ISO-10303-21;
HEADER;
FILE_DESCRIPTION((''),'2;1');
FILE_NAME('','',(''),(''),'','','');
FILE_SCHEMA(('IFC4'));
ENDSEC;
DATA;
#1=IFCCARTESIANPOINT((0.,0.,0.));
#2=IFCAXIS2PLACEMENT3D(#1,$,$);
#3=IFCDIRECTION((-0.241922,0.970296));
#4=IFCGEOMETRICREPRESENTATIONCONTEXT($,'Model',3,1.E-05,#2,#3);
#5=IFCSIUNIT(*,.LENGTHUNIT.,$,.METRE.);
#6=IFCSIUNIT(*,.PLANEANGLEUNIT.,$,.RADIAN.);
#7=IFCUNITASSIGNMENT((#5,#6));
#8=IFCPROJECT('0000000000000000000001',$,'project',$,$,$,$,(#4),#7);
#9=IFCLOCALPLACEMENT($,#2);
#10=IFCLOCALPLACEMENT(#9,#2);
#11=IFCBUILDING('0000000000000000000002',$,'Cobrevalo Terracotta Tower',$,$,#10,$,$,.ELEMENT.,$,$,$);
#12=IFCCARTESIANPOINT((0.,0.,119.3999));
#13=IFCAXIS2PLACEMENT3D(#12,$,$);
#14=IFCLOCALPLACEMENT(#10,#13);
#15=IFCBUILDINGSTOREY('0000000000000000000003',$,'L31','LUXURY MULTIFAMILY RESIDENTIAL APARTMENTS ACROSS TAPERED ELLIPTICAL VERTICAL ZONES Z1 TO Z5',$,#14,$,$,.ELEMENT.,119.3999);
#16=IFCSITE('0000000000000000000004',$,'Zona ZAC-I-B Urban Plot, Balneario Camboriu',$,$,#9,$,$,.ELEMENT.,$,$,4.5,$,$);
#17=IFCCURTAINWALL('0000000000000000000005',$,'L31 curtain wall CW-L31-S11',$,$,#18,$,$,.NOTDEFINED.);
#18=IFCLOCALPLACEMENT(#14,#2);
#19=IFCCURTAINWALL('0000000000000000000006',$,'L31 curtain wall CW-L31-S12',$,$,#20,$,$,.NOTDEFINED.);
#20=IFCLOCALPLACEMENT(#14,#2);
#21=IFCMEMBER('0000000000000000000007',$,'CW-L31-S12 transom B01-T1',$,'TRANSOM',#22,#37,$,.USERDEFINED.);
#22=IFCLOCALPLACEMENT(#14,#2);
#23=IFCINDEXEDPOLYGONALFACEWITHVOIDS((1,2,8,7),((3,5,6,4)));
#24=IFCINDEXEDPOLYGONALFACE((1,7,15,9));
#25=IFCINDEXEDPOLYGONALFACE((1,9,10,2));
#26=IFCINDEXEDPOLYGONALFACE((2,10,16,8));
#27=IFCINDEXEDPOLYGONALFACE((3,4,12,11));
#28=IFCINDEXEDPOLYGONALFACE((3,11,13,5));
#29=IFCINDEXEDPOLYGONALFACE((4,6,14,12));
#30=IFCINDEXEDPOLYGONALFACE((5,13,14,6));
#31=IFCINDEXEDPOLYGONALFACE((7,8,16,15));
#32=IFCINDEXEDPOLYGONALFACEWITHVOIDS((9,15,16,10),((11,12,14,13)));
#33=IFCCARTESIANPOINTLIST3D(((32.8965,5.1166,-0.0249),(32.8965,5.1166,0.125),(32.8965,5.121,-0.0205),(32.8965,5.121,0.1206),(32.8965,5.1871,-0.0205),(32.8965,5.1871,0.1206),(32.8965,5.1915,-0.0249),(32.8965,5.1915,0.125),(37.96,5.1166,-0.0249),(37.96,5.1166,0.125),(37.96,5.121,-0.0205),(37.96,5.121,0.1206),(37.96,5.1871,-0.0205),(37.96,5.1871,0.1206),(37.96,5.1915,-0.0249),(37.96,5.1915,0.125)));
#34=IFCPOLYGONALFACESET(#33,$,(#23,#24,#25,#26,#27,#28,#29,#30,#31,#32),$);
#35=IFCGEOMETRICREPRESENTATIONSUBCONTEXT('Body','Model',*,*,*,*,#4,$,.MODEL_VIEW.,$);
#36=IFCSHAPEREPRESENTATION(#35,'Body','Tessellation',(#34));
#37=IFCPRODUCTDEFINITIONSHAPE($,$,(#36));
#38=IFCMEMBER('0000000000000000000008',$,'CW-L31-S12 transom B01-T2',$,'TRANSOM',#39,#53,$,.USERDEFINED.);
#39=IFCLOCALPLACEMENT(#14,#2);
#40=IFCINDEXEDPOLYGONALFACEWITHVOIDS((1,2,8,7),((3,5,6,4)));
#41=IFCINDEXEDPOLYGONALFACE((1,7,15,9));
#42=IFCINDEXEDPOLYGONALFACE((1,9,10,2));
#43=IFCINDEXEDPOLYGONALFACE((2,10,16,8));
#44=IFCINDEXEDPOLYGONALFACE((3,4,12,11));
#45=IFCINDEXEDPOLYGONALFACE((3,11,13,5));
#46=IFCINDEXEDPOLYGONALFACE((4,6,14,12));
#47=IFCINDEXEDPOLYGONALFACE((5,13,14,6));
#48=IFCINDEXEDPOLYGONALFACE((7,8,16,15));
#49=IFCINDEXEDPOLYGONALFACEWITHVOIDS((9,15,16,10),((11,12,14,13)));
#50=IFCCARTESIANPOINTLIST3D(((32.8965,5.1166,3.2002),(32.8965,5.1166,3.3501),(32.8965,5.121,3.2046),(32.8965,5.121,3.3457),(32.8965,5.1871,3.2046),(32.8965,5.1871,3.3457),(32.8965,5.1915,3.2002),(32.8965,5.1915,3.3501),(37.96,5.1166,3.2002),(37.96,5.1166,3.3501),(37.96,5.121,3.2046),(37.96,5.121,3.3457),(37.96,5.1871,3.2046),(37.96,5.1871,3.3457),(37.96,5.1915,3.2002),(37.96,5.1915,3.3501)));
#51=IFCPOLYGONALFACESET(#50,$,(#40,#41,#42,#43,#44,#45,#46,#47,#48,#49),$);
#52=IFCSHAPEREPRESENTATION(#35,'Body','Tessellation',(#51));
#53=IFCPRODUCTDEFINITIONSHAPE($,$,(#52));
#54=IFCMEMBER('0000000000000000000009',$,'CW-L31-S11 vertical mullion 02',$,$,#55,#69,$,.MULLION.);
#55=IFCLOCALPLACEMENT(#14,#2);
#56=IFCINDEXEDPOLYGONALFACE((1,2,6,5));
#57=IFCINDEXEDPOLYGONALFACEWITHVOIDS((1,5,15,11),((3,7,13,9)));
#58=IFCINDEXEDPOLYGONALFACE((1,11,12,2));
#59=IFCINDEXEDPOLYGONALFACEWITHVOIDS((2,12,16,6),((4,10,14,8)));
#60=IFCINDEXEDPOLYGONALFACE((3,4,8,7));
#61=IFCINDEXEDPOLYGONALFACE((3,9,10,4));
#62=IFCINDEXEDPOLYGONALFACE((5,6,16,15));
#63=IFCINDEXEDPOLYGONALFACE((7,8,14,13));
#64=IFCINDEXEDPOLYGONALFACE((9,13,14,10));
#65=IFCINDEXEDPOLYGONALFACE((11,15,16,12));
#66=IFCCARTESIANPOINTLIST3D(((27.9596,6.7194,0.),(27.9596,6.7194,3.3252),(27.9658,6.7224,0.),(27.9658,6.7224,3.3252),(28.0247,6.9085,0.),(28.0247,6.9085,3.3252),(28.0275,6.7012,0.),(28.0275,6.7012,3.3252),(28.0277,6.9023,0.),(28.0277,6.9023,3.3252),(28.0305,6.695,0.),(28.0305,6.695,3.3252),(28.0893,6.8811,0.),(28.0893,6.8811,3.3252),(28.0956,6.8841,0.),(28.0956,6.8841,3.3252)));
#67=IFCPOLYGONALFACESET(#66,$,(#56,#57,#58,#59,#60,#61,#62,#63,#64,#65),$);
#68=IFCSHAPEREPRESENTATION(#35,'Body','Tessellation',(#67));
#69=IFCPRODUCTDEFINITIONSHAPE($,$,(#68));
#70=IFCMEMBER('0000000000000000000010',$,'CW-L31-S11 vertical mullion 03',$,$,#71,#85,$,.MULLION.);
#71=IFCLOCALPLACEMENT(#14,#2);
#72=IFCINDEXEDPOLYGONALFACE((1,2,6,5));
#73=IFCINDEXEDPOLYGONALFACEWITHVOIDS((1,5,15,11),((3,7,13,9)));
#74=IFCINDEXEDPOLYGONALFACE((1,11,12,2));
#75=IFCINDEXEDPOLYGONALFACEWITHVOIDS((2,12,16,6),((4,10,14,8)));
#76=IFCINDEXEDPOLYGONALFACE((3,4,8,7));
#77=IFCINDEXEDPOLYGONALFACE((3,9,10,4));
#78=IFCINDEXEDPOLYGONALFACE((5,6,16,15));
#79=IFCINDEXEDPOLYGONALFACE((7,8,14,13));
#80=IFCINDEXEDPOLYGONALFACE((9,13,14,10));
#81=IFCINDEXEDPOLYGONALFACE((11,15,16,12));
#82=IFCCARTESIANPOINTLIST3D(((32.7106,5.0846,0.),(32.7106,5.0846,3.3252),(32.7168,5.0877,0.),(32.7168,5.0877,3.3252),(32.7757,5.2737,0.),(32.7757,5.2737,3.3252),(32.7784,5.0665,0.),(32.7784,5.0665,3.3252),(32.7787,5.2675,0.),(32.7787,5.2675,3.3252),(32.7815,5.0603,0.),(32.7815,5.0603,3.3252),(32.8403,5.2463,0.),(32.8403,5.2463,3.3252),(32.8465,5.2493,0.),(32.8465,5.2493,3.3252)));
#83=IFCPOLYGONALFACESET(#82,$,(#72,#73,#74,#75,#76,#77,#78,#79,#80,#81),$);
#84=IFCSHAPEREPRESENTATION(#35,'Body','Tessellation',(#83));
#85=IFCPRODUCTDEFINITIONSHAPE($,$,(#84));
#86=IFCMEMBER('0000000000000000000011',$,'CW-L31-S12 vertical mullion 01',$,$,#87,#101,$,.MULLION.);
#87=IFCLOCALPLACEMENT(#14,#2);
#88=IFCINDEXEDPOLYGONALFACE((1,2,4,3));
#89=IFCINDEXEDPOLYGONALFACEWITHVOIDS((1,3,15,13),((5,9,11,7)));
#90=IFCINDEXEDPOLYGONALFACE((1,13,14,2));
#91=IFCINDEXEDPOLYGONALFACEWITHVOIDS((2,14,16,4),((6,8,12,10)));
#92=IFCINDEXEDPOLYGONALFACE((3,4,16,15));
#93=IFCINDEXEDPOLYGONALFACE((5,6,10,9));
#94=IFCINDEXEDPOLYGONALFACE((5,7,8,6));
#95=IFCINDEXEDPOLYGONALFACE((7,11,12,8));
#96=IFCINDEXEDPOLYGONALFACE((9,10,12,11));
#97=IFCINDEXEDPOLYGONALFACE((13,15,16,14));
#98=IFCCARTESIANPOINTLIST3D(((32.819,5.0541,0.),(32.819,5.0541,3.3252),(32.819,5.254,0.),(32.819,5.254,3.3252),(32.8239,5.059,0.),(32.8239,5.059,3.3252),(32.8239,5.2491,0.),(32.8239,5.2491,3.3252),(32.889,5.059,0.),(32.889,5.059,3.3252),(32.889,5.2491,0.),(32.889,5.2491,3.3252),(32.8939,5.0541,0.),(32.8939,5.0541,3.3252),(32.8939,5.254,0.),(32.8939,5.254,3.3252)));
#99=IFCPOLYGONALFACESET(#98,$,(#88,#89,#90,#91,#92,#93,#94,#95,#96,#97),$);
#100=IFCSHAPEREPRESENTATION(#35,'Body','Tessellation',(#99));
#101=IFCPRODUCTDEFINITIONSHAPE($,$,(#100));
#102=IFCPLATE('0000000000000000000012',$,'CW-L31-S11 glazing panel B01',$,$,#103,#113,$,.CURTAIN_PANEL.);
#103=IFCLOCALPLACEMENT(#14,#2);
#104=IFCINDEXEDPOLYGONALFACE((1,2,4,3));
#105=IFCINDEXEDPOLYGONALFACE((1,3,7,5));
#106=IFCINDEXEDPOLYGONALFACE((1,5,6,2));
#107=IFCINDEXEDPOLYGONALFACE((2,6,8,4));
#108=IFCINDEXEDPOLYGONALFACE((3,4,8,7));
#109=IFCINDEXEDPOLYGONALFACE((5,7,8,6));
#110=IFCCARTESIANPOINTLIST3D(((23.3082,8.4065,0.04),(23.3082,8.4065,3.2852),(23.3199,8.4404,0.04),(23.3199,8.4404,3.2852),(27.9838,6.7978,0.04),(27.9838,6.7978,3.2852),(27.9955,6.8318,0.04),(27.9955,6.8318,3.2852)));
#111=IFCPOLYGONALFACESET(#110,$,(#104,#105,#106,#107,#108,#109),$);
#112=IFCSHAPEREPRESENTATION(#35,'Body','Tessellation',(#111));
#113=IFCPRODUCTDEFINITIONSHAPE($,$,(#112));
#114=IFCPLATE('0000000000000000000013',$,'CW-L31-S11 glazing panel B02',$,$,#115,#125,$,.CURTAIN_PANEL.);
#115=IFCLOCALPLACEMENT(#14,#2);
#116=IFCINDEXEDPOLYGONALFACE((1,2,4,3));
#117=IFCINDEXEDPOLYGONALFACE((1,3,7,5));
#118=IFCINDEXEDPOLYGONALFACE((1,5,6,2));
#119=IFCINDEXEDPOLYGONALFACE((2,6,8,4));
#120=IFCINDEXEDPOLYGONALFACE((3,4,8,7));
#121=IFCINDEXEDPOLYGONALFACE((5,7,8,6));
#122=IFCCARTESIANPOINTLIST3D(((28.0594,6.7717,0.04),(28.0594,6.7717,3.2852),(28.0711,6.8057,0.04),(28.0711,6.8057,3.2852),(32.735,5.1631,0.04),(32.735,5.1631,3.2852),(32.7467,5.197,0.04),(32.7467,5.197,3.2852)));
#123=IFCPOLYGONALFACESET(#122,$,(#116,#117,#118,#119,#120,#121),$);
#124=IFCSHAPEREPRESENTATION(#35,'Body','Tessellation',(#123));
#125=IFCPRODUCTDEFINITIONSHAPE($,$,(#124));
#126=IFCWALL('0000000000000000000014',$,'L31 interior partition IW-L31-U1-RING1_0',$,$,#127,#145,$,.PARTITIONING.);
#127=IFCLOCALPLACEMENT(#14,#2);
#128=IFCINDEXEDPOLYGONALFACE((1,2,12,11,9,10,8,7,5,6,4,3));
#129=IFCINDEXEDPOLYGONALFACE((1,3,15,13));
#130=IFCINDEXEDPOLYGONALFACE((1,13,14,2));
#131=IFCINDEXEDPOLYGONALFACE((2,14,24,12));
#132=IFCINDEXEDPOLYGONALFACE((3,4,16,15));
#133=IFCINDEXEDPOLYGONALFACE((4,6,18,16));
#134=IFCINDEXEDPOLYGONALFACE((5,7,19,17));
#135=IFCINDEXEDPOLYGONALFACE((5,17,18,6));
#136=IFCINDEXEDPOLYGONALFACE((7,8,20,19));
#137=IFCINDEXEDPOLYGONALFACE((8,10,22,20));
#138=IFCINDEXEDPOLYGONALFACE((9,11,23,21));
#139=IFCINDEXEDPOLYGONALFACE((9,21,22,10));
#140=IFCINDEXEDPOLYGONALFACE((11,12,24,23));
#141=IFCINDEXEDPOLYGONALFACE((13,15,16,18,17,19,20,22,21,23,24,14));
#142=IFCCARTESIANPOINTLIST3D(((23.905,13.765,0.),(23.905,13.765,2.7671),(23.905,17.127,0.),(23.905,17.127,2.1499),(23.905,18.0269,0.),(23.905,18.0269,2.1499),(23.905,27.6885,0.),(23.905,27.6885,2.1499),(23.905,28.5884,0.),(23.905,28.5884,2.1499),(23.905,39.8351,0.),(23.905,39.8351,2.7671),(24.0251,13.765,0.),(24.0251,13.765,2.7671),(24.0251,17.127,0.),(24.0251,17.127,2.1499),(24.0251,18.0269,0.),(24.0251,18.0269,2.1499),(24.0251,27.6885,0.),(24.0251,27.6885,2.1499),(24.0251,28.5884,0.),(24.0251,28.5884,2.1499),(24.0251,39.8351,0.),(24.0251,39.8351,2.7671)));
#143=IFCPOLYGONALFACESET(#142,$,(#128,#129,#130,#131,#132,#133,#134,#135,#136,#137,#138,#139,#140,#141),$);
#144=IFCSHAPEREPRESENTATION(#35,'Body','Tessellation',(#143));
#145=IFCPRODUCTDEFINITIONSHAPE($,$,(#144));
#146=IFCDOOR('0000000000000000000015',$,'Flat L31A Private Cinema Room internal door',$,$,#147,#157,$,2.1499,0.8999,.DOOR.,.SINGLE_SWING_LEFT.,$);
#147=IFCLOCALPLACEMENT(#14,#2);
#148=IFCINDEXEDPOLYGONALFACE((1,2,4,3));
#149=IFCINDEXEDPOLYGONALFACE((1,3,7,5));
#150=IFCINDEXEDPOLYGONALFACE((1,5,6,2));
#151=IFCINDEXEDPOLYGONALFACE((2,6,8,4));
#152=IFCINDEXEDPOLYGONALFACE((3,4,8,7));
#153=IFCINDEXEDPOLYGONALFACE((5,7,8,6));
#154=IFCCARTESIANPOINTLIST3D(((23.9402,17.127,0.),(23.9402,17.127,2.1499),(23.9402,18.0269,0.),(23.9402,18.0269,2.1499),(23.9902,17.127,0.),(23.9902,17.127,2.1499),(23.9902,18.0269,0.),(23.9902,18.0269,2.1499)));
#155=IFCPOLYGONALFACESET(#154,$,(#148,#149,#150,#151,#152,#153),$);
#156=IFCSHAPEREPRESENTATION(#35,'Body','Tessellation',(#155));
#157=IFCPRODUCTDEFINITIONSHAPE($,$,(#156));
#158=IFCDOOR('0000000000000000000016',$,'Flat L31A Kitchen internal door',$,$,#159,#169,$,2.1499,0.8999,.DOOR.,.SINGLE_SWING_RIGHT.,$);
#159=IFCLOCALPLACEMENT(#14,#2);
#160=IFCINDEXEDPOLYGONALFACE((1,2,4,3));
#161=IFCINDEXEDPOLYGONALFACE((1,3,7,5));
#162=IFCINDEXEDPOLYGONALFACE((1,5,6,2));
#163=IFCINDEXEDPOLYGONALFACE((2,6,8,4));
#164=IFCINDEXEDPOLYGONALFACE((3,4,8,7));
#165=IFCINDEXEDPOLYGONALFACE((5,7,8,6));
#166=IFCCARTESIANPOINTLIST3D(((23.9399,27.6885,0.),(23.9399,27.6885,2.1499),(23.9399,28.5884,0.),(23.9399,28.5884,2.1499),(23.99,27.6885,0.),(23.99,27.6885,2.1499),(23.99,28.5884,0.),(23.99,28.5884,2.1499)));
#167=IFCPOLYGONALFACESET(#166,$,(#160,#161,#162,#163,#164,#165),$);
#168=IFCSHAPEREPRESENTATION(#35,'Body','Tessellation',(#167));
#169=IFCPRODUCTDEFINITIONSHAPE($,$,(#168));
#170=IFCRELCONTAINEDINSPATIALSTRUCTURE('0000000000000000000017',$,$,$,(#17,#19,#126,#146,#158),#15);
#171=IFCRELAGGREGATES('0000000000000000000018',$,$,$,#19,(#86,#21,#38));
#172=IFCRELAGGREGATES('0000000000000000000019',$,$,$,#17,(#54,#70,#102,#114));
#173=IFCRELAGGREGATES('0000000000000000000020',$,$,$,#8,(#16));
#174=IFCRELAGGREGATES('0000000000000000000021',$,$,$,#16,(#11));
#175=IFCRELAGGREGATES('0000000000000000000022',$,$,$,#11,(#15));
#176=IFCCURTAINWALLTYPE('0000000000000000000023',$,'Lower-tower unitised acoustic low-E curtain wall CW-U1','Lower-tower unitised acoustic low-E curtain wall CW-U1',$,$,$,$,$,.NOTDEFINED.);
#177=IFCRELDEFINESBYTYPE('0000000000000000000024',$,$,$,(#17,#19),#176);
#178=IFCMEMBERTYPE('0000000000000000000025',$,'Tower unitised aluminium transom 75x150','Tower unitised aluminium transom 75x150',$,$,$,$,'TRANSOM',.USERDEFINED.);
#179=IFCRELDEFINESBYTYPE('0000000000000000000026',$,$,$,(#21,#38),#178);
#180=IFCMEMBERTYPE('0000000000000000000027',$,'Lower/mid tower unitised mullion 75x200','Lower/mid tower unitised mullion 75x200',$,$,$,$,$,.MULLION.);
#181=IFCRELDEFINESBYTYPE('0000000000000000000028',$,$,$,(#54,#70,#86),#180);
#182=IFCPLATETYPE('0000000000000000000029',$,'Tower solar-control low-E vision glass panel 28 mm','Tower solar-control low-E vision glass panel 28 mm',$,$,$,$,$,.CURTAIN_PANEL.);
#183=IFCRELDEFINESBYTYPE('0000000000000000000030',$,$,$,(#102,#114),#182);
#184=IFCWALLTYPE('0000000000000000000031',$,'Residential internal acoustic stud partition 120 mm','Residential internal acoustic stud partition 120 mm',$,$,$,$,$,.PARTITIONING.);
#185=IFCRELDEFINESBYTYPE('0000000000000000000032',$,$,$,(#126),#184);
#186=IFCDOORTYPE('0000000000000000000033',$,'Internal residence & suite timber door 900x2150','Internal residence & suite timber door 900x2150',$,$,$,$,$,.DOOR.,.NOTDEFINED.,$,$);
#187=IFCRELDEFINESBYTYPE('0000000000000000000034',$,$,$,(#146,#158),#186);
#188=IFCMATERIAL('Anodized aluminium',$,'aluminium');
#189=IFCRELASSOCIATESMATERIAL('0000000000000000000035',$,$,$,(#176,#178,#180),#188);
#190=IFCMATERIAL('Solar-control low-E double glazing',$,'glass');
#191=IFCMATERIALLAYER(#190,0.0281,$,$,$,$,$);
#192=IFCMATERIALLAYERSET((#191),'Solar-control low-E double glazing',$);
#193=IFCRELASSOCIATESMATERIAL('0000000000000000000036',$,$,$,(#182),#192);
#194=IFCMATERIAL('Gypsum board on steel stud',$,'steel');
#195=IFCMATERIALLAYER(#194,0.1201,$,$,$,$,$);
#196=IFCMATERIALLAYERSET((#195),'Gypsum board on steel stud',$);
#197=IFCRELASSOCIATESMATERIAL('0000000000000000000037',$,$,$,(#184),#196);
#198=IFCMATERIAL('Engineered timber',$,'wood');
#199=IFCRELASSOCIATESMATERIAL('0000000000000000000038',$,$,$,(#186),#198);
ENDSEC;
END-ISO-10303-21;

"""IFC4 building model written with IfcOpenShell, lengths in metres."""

from ifc_helpers import new_model, si_unit, direction, frame, frame_2d, origin, origin_2d, place, context, subcontext, project, spatial, rectangle, hollow_rectangle, extrude, source, transform, mapped, material, layer, layer_set, material_profile, profile_set, type_object, element, fill, aggregate, save


model = new_model("IFC4")

# Units and contexts
model_context = context("Model", 3, precision=1e-05, world=origin(), true_north=direction((-0.241922, 0.970296)))
body_context = subcontext(model_context, "Body", "Model", "MODEL_VIEW")
ifc_project = project(units=[si_unit("LENGTHUNIT", "METRE"), si_unit("PLANEANGLEUNIT", "RADIAN")], contexts=[model_context])

# Site, building, storey
site_placement = place(None, origin())
site = spatial("IfcSite", under=ifc_project, at=site_placement, Name="Zona ZAC-I-B Urban Plot, Balneario Camboriu", CompositionType="ELEMENT", RefElevation=4.5)
building_placement = place(site_placement, origin())
building = spatial("IfcBuilding", under=site, at=building_placement, Name="Cobrevalo Terracotta Tower", CompositionType="ELEMENT")
storey_placement = place(building_placement, frame((0.0, 0.0, 119.3999)))
storey = spatial("IfcBuildingStorey", under=building, at=storey_placement, Name="L31", Description="LUXURY MULTIFAMILY RESIDENTIAL APARTMENTS ACROSS TAPERED ELLIPTICAL VERTICAL ZONES Z1 TO Z5", CompositionType="ELEMENT", Elevation=119.3999)

# Curtain walls, members
ifc_material_1 = material(Name="Anodized aluminium", Category="aluminium")
curtain_wall_type = type_object("IfcCurtainWallType", Name="Lower-tower unitised acoustic low-E curtain wall CW-U1", Description="Lower-tower unitised acoustic low-E curtain wall CW-U1", PredefinedType="NOTDEFINED", material=ifc_material_1)
curtain_wall_1_placement = place(storey_placement, origin())
curtain_wall_1 = element("IfcCurtainWall", 1, at=curtain_wall_1_placement, inside=storey, type_object=curtain_wall_type, Name="L31 curtain wall CW-L31-S11", PredefinedType="NOTDEFINED")
ifc_material_profile_1 = material_profile(ifc_material_1, hollow_rectangle(XDim=0.075, YDim=0.1499, WallThickness=0.0044, at=origin_2d()), Name="CWT 75x150")
ifc_profile_set_1 = profile_set([ifc_material_profile_1], Name="Anodized aluminium")
member_type_1 = type_object("IfcMemberType", Name="Tower unitised aluminium transom 75x150", Description="Tower unitised aluminium transom 75x150", ElementType="TRANSOM", PredefinedType="USERDEFINED", material=ifc_profile_set_1)
curtain_wall_2_placement = place(storey_placement, origin())
curtain_wall_2 = element("IfcCurtainWall", 2, at=curtain_wall_2_placement, inside=storey, type_object=curtain_wall_type, Name="L31 curtain wall CW-L31-S12", PredefinedType="NOTDEFINED")
shared_shape_1 = source(origin(), body_context, "Body", "SweptSolid", [
    extrude(hollow_rectangle(XDim=0.075, YDim=0.1499, WallThickness=0.0044, at=origin_2d()), origin(), (0.0, 0.0, 1.0), 5.0635),
])
member_1_placement = place(storey_placement, frame((32.8965, 5.1541, 0.05), z_axis=(1.0, 0.0, 0.0), x_axis=(0.0, 1.0, 0.0)))
member_1 = element("IfcMember", 3, at=member_1_placement, type_object=member_type_1, Name="CW-L31-S12 transom B01-T1", ObjectType="TRANSOM", PredefinedType="USERDEFINED", context=body_context, shape_type="MappedRepresentation", body=[
    mapped(shared_shape_1, transform((0.0, 0.0, 0.0), scale=1.0)),
])
member_2_placement = place(storey_placement, frame((32.8965, 5.1541, 3.2751), z_axis=(1.0, 0.0, 0.0), x_axis=(0.0, 1.0, 0.0)))
member_2 = element("IfcMember", 4, at=member_2_placement, type_object=member_type_1, Name="CW-L31-S12 transom B01-T2", ObjectType="TRANSOM", PredefinedType="USERDEFINED", context=body_context, shape_type="MappedRepresentation", body=[
    mapped(shared_shape_1, transform((0.0, 0.0, 0.0), scale=1.0)),
])

# Members
ifc_material_profile_2 = material_profile(ifc_material_1, hollow_rectangle(XDim=0.075, YDim=0.2, WallThickness=0.0049, at=origin_2d()), Name="CWM 75x200")
ifc_profile_set_2 = profile_set([ifc_material_profile_2], Name="Anodized aluminium")
member_type_2 = type_object("IfcMemberType", Name="Lower/mid tower unitised mullion 75x200", Description="Lower/mid tower unitised mullion 75x200", PredefinedType="MULLION", material=ifc_profile_set_2)
shared_shape_2 = source(origin(), body_context, "Body", "SweptSolid", [
    extrude(hollow_rectangle(XDim=0.075, YDim=0.2, WallThickness=0.0049, at=origin_2d()), origin(), (0.0, 0.0, 1.0), 3.3252),
])
member_3_placement = place(storey_placement, frame((28.0276, 6.8018, 0.0), z_axis=(0.0, 0.0, 1.0), x_axis=(0.945598, -0.325337, 0.0)))
member_3 = element("IfcMember", 5, at=member_3_placement, type_object=member_type_2, Name="CW-L31-S11 vertical mullion 02", PredefinedType="MULLION", context=body_context, shape_type="MappedRepresentation", body=[
    mapped(shared_shape_2, transform((0.0, 0.0, 0.0), scale=1.0)),
])
member_4_placement = place(storey_placement, frame((32.7786, 5.167, 0.0), z_axis=(0.0, 0.0, 1.0), x_axis=(0.945598, -0.325337, 0.0)))
member_4 = element("IfcMember", 6, at=member_4_placement, type_object=member_type_2, Name="CW-L31-S11 vertical mullion 03", PredefinedType="MULLION", context=body_context, shape_type="MappedRepresentation", body=[
    mapped(shared_shape_2, transform((0.0, 0.0, 0.0), scale=1.0)),
])
member_5_placement = place(storey_placement, frame((32.8564, 5.1541, 0.0), z_axis=(0.0, 0.0, 1.0), x_axis=(1.0, 0.0, 0.0)))
member_5 = element("IfcMember", 7, at=member_5_placement, type_object=member_type_2, Name="CW-L31-S12 vertical mullion 01", PredefinedType="MULLION", context=body_context, shape_type="MappedRepresentation", body=[
    mapped(shared_shape_2, transform((0.0, 0.0, 0.0), scale=1.0)),
])
aggregate(curtain_wall_2, [member_5, member_1, member_2])

# Plates
ifc_material_2 = material(Name="Solar-control low-E double glazing", Category="glass")
ifc_layer_1 = layer(ifc_material_2, 0.0281)
ifc_layer_set_1 = layer_set([ifc_layer_1], Name="Solar-control low-E double glazing")
plate_type = type_object("IfcPlateType", Name="Tower solar-control low-E vision glass panel 28 mm", Description="Tower solar-control low-E vision glass panel 28 mm", PredefinedType="CURTAIN_PANEL", material=ifc_layer_set_1)
shared_shape_3 = source(origin(), body_context, "Body", "SweptSolid", [
    extrude(rectangle(XDim=4.9446, YDim=0.0359, at=origin_2d()), origin(), (0.0, 0.0, 1.0), 3.2451),
])
plate_1_placement = place(storey_placement, frame((25.6519, 7.6191, 0.04), z_axis=(0.0, 0.0, 1.0), x_axis=(0.945596, -0.325342, 0.0)))
plate_1 = element("IfcPlate", 8, at=plate_1_placement, type_object=plate_type, Name="CW-L31-S11 glazing panel B01", PredefinedType="CURTAIN_PANEL", context=body_context, shape_type="MappedRepresentation", body=[
    mapped(shared_shape_3, transform((0.0, 0.0, 0.0), scale=1.0)),
])
plate_2_placement = place(storey_placement, frame((30.4031, 5.9844, 0.04), z_axis=(0.0, 0.0, 1.0), x_axis=(0.945596, -0.325342, 0.0)))
plate_2 = element("IfcPlate", 9, at=plate_2_placement, type_object=plate_type, Name="CW-L31-S11 glazing panel B02", PredefinedType="CURTAIN_PANEL", context=body_context, shape_type="MappedRepresentation", body=[
    mapped(shared_shape_3, transform((0.0, 0.0, 0.0), scale=1.0)),
])
aggregate(curtain_wall_1, [member_3, member_4, plate_1, plate_2])

# Wall, openings, doors
ifc_material_3 = material(Name="Gypsum board on steel stud", Category="steel")
ifc_layer_2 = layer(ifc_material_3, 0.1201)
ifc_layer_set_2 = layer_set([ifc_layer_2], Name="Gypsum board on steel stud")
wall_type = type_object("IfcWallType", Name="Residential internal acoustic stud partition 120 mm", Description="Residential internal acoustic stud partition 120 mm", PredefinedType="PARTITIONING", material=ifc_layer_set_2)
wall_placement = place(storey_placement, frame((23.9651, 13.7649, 0.0), z_axis=(0.0, 0.0, 1.0), x_axis=(0.0, 1.0, 0.0)))
wall = element("IfcWall", 10, at=wall_placement, inside=storey, type_object=wall_type, Name="L31 interior partition IW-L31-U1-RING1_0", PredefinedType="PARTITIONING", context=body_context, shape_type="SweptSolid", body=[
    extrude(rectangle(XDim=26.0701, YDim=0.1201, at=frame_2d((13.0352, 0.0))), origin(), (0.0, 0.0, 1.0), 2.7671),
])
opening_1_placement = place(wall_placement, frame((3.3621, 0.0, 0.0)))
opening_1 = element("IfcOpeningElement", 11, at=opening_1_placement, cuts=wall, PredefinedType="OPENING", context=body_context, shape_type="SweptSolid", body=[
    extrude(rectangle(XDim=0.8999, YDim=2.1499, at=frame_2d((0.45, 1.075))), frame((0.0, 0.0701, 0.0), z_axis=(0.0, -1.0, 0.0), x_axis=(1.0, 0.0, 0.0)), (0.0, 0.0, 1.0), 0.1401),
])
opening_2_placement = place(wall_placement, frame((13.9236, 0.0, 0.0)))
opening_2 = element("IfcOpeningElement", 12, at=opening_2_placement, cuts=wall, PredefinedType="OPENING", context=body_context, shape_type="SweptSolid", body=[
    extrude(rectangle(XDim=0.8999, YDim=2.1499, at=frame_2d((0.45, 1.075))), frame((0.0, 0.0701, 0.0), z_axis=(0.0, -1.0, 0.0), x_axis=(1.0, 0.0, 0.0)), (0.0, 0.0, 1.0), 0.1401),
])
ifc_material_4 = material(Name="Engineered timber", Category="wood")
door_type = type_object("IfcDoorType", Name="Internal residence & suite timber door 900x2150", Description="Internal residence & suite timber door 900x2150", OperationType="NOTDEFINED", PredefinedType="DOOR", material=ifc_material_4)
shared_shape_4 = source(origin(), body_context, "Body", "SweptSolid", [
    extrude(rectangle(XDim=0.8999, YDim=2.1499, at=frame_2d((0.45, 1.075))), frame((0.0, 0.0249, 0.0), z_axis=(0.0, -1.0, 0.0), x_axis=(1.0, 0.0, 0.0)), (0.0, 0.0, 1.0), 0.05),
])
door_1_placement = place(opening_1_placement, origin())
door_1 = element("IfcDoor", 13, at=door_1_placement, inside=storey, type_object=door_type, Name="Flat L31A Private Cinema Room internal door", OperationType="SINGLE_SWING_LEFT", OverallHeight=2.1499, OverallWidth=0.8999, PredefinedType="DOOR", context=body_context, shape_type="MappedRepresentation", body=[
    mapped(shared_shape_4, transform((0.0, 0.0, 0.0), scale=1.0)),
])
fill(opening_1, door_1)
door_2_placement = place(opening_2_placement, frame((0.8999, 0.0, 0.0), z_axis=(0.0, 0.0, 1.0), x_axis=(-1.0, 0.0, 0.0)))
door_2 = element("IfcDoor", 14, at=door_2_placement, inside=storey, type_object=door_type, Name="Flat L31A Kitchen internal door", OperationType="SINGLE_SWING_RIGHT", OverallHeight=2.1499, OverallWidth=0.8999, PredefinedType="DOOR", context=body_context, shape_type="MappedRepresentation", body=[
    mapped(shared_shape_4, transform((0.0, 0.0, 0.0), scale=1.0)),
])
fill(opening_2, door_2)

save(model, "model.ifc")
